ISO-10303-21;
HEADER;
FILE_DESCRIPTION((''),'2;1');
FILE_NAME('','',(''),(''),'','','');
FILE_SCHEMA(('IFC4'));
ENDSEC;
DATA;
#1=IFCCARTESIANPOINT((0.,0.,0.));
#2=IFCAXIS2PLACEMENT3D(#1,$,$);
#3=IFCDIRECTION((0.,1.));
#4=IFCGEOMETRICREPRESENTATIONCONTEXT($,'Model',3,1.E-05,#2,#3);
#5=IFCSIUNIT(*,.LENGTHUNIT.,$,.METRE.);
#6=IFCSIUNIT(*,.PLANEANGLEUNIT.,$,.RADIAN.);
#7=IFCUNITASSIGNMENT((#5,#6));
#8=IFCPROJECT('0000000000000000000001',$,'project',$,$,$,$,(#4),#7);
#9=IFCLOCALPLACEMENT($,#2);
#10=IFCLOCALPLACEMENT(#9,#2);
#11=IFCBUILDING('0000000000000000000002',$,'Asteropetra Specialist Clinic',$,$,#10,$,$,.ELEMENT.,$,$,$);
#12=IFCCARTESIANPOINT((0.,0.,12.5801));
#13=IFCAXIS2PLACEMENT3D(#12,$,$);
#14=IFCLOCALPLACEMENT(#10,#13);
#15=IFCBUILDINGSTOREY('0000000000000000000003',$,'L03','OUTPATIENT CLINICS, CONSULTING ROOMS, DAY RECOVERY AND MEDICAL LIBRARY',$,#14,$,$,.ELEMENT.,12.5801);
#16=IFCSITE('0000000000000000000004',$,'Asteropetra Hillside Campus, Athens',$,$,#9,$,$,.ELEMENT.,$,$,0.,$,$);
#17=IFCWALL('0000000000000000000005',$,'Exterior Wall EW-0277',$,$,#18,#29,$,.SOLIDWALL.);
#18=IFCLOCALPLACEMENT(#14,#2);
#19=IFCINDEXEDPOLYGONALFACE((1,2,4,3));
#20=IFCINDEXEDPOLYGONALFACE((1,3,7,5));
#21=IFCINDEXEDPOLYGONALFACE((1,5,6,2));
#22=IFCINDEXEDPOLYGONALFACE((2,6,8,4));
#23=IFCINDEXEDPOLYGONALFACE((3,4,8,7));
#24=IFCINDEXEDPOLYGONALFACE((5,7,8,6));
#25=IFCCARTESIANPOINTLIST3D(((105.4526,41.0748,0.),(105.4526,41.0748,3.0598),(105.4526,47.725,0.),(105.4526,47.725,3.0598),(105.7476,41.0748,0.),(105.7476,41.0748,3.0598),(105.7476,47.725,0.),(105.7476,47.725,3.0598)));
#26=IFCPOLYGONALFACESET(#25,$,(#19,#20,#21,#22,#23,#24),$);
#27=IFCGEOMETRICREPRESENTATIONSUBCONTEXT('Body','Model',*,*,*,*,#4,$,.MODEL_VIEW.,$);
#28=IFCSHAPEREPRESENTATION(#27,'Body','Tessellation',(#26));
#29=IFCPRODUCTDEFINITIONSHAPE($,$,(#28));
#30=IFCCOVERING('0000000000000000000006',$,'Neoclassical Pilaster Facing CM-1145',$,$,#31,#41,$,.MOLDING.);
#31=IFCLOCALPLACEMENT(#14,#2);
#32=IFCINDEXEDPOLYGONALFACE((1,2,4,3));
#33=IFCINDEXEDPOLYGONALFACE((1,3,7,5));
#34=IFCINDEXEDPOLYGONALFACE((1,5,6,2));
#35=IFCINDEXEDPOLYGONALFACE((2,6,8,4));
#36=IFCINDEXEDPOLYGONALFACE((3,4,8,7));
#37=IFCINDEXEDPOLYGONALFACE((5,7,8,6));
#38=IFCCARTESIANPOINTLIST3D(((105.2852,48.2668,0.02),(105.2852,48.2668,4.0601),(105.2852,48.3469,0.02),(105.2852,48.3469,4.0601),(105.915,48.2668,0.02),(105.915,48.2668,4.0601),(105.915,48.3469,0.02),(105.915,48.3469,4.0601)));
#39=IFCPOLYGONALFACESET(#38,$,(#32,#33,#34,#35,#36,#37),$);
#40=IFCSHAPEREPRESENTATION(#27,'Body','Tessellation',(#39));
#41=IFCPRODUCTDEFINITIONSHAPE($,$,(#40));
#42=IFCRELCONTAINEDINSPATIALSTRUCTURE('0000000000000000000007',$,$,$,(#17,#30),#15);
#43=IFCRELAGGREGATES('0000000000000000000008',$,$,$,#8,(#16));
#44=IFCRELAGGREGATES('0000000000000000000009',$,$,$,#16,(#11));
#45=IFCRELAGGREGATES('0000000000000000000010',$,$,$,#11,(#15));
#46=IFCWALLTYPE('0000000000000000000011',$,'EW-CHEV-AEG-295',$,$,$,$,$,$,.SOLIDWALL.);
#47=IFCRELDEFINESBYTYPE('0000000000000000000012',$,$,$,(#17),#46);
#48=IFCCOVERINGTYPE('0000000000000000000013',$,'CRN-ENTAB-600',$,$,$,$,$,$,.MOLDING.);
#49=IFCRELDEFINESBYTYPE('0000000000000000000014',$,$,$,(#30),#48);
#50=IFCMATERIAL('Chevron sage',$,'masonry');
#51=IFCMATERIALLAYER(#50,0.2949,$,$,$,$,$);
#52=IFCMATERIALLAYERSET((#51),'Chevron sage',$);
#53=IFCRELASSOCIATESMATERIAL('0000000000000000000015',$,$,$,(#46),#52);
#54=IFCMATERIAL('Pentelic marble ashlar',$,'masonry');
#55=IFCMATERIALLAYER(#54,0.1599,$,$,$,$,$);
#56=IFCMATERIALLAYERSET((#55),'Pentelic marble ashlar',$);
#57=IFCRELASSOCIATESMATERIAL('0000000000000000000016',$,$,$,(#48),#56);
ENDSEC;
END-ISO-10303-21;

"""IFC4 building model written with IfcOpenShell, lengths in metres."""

from ifc_helpers import new_model, si_unit, direction, frame, frame_2d, origin, origin_2d, place, context, subcontext, project, spatial, rectangle, extrude, material, layer, layer_set, type_object, element, save


model = new_model("IFC4")

# Units and contexts
model_context = context("Model", 3, precision=1e-05, world=origin(), true_north=direction((0.0, 1.0)))
body_context = subcontext(model_context, "Body", "Model", "MODEL_VIEW")
ifc_project = project(units=[si_unit("LENGTHUNIT", "METRE"), si_unit("PLANEANGLEUNIT", "RADIAN")], contexts=[model_context])

# Site, building, storey
site_placement = place(None, origin())
site = spatial("IfcSite", under=ifc_project, at=site_placement, Name="Asteropetra Hillside Campus, Athens", CompositionType="ELEMENT", RefElevation=0.0)
building_placement = place(site_placement, origin())
building = spatial("IfcBuilding", under=site, at=building_placement, Name="Asteropetra Specialist Clinic", CompositionType="ELEMENT")
storey_placement = place(building_placement, frame((0.0, 0.0, 12.5801)))
storey = spatial("IfcBuildingStorey", under=building, at=storey_placement, Name="L03", Description="OUTPATIENT CLINICS, CONSULTING ROOMS, DAY RECOVERY AND MEDICAL LIBRARY", CompositionType="ELEMENT", Elevation=12.5801)

# Wall
ifc_material_1 = material(Name="Chevron sage", Category="masonry")
ifc_layer_1 = layer(ifc_material_1, 0.2949)
ifc_layer_set_1 = layer_set([ifc_layer_1], Name="Chevron sage")
wall_type = type_object("IfcWallType", Name="EW-CHEV-AEG-295", PredefinedType="SOLIDWALL", material=ifc_layer_set_1)
wall_placement = place(storey_placement, frame((105.6001, 47.7251, 0.0), z_axis=(0.0, 0.0, 1.0), x_axis=(0.0, -1.0, 0.0)))
element("IfcWall", 1, at=wall_placement, inside=storey, type_object=wall_type, Name="Exterior Wall EW-0277", PredefinedType="SOLIDWALL", context=body_context, shape_type="SweptSolid", body=[
    extrude(rectangle(XDim=6.6501, YDim=0.2949, at=frame_2d((3.3252, 0.0))), origin(), (0.0, 0.0, 1.0), 3.0598),
])

# Covering
ifc_material_2 = material(Name="Pentelic marble ashlar", Category="masonry")
ifc_layer_2 = layer(ifc_material_2, 0.1599)
ifc_layer_set_2 = layer_set([ifc_layer_2], Name="Pentelic marble ashlar")
covering_type = type_object("IfcCoveringType", Name="CRN-ENTAB-600", PredefinedType="MOLDING", material=ifc_layer_set_2)
covering_placement = place(storey_placement, frame((105.6001, 48.3069, 0.02), z_axis=(0.0, 0.0, 1.0), x_axis=(1.0, 0.0, 0.0)))
element("IfcCovering", 2, at=covering_placement, inside=storey, type_object=covering_type, Name="Neoclassical Pilaster Facing CM-1145", PredefinedType="MOLDING", context=body_context, shape_type="SweptSolid", body=[
    extrude(rectangle(XDim=0.6299, YDim=0.0801, at=origin_2d()), origin(), (0.0, 0.0, 1.0), 4.04),
])

save(model, "model.ifc")
